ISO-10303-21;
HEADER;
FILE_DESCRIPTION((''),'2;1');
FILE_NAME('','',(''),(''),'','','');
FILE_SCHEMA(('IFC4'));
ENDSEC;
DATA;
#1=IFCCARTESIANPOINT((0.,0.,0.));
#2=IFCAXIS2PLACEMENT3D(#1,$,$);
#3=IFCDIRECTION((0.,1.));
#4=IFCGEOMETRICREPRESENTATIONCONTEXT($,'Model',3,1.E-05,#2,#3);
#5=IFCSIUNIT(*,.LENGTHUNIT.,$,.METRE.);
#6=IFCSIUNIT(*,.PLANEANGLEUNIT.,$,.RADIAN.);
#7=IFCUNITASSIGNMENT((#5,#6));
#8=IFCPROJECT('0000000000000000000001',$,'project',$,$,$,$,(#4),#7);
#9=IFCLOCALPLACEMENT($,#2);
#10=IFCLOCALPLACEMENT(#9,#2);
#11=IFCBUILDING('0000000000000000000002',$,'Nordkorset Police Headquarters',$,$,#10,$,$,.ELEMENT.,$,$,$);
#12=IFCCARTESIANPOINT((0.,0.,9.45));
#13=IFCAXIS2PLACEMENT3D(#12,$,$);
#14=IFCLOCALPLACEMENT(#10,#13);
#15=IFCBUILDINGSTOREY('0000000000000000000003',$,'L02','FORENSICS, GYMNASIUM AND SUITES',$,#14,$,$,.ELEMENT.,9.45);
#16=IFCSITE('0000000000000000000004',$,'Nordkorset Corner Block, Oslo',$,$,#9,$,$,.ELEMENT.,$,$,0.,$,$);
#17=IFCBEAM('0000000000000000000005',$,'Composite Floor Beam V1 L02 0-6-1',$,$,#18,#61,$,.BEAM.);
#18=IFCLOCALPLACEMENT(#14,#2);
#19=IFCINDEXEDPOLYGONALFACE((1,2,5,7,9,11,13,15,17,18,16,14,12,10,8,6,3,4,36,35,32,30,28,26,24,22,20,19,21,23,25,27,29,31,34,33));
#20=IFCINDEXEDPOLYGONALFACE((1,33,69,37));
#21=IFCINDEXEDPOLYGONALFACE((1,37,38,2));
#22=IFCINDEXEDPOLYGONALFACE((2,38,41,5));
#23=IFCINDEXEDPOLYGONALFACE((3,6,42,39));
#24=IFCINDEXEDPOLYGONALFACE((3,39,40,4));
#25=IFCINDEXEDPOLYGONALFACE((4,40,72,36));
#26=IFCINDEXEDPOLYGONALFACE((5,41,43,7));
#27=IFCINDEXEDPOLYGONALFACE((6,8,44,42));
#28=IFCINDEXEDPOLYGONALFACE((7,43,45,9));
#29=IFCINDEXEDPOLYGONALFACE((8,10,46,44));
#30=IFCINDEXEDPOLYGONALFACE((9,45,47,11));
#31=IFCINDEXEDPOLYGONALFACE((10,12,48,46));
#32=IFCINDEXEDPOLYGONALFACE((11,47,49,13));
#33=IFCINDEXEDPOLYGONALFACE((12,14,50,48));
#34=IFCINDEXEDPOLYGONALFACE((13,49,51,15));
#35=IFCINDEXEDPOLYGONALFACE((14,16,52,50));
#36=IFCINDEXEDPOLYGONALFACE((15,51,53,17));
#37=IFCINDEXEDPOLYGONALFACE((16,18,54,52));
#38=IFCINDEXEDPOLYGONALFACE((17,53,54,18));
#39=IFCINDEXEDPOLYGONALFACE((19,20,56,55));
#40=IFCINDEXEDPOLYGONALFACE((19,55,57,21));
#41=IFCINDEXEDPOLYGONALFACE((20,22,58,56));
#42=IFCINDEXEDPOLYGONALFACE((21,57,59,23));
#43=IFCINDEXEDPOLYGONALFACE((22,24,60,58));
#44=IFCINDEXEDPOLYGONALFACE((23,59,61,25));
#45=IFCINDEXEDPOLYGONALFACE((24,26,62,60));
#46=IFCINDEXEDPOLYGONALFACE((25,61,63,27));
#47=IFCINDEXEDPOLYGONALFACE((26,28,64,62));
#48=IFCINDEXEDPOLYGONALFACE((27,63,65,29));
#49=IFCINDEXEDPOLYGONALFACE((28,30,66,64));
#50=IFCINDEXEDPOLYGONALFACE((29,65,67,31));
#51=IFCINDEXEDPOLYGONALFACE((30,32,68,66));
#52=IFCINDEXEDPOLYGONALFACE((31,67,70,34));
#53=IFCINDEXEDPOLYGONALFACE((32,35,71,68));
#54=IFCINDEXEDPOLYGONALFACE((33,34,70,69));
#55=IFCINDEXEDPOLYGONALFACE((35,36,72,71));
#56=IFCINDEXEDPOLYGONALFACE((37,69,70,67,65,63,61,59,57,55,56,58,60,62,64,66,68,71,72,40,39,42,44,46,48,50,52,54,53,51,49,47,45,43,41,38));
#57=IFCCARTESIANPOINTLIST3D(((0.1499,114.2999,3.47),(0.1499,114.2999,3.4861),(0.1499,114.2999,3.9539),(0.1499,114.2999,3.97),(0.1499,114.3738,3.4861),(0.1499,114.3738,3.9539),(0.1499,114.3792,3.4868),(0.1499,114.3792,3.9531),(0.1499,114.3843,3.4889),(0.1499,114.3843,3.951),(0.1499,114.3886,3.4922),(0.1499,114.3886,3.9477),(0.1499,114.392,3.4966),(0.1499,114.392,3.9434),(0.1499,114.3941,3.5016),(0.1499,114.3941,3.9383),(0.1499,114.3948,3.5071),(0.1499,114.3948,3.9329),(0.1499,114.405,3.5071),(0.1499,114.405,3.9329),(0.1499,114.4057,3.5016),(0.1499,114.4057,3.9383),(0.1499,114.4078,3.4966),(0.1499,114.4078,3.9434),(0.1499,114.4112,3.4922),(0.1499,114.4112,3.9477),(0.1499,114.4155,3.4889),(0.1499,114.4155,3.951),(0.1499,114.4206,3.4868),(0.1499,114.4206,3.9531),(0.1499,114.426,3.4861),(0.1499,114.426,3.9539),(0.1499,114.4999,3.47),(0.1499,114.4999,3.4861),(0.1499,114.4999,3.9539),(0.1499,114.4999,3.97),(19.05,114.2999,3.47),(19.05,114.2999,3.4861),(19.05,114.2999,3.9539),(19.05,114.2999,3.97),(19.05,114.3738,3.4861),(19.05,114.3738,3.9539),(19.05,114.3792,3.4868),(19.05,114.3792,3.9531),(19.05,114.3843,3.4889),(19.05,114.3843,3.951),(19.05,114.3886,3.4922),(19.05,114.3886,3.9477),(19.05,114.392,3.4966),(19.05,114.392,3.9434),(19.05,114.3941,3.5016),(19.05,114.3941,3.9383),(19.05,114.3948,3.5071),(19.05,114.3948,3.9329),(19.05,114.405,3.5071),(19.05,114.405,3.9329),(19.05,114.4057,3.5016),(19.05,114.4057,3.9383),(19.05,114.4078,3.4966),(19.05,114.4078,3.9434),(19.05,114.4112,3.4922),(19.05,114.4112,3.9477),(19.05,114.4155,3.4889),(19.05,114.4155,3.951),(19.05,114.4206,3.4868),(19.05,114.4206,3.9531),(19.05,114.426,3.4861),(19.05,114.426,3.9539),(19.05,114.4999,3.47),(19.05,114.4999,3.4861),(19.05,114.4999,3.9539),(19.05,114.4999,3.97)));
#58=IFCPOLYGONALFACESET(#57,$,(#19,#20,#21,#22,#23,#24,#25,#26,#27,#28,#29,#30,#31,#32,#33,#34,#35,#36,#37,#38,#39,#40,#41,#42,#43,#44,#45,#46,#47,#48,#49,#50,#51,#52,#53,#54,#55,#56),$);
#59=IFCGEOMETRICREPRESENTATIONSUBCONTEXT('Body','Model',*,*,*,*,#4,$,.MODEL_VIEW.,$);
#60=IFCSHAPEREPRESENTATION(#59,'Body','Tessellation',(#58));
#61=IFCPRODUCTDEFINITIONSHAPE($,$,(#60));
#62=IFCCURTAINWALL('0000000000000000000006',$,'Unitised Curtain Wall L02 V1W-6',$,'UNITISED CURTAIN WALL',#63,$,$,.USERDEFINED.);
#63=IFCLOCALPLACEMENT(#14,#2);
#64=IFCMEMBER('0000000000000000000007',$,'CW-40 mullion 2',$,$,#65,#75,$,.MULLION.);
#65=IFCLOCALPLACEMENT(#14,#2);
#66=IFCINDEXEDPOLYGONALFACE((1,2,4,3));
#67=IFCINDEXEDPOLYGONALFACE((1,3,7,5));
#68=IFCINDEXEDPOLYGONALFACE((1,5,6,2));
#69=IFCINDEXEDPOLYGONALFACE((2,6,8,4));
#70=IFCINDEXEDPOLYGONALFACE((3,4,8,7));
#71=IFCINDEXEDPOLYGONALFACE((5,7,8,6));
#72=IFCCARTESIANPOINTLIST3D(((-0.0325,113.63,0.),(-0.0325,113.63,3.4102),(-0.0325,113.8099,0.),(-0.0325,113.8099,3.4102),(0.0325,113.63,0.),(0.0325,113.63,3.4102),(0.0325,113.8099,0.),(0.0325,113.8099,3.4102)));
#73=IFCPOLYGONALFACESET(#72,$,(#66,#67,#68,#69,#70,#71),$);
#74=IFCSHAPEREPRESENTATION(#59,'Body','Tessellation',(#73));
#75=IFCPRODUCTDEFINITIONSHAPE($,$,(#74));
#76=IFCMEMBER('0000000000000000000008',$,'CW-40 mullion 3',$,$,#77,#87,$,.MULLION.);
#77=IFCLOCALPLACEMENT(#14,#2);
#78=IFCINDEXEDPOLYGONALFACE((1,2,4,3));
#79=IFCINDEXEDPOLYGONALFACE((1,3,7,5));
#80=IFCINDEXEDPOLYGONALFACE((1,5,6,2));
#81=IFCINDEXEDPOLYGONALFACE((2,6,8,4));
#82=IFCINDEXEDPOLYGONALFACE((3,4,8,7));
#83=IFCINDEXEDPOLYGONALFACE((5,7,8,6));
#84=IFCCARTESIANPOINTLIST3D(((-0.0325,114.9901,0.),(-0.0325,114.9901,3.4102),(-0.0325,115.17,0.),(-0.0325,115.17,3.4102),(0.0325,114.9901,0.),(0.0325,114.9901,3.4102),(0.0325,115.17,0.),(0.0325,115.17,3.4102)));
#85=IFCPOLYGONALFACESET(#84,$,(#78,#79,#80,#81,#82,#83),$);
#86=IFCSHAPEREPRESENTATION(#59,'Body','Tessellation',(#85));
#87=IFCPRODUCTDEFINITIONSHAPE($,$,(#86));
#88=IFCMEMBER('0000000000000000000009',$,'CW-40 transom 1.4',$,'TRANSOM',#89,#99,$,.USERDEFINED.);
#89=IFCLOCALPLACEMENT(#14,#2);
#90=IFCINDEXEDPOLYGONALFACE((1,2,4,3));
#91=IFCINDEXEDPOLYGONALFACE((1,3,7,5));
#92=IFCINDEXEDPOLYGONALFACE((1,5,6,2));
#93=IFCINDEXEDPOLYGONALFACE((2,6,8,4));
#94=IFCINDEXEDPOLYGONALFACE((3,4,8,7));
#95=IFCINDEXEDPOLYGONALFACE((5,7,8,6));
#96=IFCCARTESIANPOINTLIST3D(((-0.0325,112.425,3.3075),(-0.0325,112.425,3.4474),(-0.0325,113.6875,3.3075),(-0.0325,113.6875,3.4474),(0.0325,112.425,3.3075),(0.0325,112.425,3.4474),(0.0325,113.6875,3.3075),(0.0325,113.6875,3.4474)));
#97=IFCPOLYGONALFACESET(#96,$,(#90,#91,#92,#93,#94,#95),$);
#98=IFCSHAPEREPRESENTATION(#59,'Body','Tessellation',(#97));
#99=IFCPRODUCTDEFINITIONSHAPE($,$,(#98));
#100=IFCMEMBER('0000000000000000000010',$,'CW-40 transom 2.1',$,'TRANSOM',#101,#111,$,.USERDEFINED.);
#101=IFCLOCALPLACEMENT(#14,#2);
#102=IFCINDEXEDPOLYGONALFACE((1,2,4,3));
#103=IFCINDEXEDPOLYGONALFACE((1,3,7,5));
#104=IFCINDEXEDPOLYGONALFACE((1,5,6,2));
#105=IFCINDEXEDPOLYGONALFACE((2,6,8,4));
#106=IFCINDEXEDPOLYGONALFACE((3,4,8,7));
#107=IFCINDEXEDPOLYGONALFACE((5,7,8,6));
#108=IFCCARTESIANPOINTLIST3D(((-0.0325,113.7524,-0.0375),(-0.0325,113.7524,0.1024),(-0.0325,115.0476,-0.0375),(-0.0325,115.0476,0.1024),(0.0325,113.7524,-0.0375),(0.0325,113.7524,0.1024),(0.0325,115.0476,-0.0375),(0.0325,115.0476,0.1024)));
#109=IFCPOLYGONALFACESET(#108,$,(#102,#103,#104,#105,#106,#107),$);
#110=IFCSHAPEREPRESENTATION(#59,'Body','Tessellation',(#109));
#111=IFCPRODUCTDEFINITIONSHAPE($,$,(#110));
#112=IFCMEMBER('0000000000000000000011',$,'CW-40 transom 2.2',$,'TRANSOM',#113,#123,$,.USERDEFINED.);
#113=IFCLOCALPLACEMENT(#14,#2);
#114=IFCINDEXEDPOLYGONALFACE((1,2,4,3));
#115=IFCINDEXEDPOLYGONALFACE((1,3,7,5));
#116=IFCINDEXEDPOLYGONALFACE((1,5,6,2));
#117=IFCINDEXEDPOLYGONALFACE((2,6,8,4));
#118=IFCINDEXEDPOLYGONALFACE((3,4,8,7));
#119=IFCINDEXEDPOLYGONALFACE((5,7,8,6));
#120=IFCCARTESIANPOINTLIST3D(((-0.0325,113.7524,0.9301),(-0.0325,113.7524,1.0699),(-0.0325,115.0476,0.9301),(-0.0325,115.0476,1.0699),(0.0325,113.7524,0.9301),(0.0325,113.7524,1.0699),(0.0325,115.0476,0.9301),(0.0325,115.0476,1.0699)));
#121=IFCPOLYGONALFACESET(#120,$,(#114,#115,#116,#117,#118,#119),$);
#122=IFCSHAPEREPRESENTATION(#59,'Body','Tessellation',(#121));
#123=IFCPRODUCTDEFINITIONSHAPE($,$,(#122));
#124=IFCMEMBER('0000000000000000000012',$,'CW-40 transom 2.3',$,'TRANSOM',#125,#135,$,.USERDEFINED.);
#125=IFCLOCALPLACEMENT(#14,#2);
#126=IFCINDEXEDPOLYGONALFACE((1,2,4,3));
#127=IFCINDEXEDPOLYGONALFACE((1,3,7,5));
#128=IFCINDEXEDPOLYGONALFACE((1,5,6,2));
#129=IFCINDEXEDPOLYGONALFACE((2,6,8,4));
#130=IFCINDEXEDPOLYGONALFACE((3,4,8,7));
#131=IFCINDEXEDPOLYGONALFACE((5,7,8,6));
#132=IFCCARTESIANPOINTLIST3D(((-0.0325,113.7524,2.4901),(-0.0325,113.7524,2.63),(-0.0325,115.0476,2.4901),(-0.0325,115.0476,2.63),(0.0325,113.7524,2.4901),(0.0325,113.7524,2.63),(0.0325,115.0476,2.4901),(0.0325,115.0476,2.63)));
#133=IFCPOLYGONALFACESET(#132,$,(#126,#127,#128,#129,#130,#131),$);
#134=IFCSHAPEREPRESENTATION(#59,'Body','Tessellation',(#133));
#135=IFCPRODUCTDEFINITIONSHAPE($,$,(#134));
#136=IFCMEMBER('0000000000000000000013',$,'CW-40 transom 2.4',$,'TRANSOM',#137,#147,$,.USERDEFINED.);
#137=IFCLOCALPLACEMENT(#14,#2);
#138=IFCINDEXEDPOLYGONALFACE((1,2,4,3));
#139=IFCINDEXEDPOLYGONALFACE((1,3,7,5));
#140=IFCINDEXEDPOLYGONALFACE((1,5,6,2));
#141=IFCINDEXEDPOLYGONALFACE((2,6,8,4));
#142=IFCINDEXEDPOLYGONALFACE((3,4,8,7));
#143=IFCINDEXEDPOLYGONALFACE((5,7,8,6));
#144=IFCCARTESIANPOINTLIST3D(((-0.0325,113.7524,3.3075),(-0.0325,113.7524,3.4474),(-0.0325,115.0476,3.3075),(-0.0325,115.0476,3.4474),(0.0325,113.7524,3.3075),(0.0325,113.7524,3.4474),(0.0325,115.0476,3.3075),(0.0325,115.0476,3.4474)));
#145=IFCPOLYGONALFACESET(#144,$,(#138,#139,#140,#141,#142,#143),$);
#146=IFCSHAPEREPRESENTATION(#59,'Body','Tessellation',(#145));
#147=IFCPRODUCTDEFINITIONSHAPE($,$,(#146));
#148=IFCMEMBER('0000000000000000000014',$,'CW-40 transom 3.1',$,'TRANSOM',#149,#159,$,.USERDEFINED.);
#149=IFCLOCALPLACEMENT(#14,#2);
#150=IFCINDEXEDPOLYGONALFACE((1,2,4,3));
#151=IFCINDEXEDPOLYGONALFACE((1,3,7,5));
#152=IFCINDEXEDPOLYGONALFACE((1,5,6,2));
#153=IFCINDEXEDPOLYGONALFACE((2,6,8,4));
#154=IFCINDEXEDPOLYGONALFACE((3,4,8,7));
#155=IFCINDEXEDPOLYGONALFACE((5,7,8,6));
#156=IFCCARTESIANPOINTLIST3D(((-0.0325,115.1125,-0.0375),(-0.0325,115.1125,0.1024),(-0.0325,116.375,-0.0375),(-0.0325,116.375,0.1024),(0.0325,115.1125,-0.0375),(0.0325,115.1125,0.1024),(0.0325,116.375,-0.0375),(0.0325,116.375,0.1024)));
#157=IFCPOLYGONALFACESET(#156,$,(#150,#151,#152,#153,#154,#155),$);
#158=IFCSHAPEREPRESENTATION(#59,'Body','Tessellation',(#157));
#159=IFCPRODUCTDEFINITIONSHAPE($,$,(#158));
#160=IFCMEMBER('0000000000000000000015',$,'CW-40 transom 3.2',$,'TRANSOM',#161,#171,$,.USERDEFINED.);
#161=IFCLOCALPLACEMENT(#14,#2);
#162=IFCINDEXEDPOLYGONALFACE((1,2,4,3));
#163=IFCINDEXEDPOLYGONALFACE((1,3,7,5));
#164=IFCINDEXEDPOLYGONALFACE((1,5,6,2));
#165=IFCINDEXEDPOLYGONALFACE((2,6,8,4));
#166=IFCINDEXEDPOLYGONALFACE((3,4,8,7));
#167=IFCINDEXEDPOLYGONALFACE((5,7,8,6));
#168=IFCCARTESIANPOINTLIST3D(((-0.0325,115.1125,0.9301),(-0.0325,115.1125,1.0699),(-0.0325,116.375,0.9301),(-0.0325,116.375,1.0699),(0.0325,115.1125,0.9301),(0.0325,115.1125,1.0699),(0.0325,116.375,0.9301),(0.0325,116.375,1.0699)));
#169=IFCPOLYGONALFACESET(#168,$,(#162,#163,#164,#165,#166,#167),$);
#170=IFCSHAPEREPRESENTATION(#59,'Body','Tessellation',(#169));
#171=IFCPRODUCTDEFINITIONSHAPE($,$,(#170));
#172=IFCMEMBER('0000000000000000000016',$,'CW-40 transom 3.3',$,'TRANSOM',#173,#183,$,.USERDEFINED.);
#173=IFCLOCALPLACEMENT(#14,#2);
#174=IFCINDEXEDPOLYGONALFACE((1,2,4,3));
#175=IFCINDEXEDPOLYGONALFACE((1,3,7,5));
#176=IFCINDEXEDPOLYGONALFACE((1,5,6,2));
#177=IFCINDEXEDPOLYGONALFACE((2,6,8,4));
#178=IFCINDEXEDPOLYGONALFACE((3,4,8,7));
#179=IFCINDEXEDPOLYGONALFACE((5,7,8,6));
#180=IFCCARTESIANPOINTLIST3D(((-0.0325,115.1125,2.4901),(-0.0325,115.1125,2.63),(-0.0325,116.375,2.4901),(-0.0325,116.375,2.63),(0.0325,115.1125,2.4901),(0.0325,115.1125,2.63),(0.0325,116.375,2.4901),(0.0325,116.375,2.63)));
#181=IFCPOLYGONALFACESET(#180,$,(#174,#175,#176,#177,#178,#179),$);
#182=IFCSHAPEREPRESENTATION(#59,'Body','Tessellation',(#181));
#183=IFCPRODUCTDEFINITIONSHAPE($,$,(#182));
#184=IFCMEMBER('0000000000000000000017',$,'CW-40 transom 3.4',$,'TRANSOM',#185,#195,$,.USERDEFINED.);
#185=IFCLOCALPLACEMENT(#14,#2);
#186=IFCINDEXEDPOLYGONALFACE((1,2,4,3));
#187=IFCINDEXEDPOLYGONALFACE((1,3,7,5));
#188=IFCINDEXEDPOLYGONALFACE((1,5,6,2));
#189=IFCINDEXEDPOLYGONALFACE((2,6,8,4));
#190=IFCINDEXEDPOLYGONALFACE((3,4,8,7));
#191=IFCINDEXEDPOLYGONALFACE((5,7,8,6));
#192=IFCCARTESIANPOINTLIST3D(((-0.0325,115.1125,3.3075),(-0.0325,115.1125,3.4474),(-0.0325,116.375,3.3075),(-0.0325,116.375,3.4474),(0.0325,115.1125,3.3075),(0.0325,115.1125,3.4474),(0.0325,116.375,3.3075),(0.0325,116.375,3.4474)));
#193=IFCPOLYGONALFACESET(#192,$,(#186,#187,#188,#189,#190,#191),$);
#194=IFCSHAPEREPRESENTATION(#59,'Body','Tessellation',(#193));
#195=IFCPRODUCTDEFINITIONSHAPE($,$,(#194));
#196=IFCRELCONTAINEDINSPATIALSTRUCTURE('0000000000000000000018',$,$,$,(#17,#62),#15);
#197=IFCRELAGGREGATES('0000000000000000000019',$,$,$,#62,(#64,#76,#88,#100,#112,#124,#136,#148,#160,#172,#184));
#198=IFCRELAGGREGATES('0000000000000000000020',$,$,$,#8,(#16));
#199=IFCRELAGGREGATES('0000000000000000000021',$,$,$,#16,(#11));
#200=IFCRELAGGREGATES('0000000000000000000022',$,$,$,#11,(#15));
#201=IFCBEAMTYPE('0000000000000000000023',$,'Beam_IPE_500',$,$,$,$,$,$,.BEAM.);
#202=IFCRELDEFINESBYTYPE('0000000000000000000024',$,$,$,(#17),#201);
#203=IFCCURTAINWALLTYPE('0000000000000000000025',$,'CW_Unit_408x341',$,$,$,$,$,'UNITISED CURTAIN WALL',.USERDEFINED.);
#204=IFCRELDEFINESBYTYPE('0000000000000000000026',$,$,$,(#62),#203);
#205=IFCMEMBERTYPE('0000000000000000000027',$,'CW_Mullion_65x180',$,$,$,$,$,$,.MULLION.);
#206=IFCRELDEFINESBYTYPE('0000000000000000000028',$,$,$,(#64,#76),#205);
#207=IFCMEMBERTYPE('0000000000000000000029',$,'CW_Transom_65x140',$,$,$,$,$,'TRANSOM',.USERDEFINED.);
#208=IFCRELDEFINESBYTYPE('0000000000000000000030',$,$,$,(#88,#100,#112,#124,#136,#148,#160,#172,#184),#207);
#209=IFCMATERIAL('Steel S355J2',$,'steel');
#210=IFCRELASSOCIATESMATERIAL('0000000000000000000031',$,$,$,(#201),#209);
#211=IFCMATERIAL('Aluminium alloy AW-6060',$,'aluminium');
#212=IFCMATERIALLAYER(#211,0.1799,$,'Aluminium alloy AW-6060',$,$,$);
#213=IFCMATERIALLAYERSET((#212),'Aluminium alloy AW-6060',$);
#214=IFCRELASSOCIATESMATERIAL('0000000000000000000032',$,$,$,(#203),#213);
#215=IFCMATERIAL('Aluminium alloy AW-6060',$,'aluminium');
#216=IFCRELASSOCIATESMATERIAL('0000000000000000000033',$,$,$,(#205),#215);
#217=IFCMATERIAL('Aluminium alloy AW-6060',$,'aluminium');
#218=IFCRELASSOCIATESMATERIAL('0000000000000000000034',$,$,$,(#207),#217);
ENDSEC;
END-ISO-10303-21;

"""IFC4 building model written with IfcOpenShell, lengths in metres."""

from ifc_helpers import new_model, si_unit, direction, frame, origin, origin_2d, place, context, subcontext, project, spatial, rectangle, i_section, extrude, material, layer, layer_set, material_profile, profile_set, type_object, element, aggregate, save


model = new_model("IFC4")

# Units and contexts
model_context = context("Model", 3, precision=1e-05, world=origin(), true_north=direction((0.0, 1.0)))
body_context = subcontext(model_context, "Body", "Model", "MODEL_VIEW")
ifc_project = project(units=[si_unit("LENGTHUNIT", "METRE"), si_unit("PLANEANGLEUNIT", "RADIAN")], contexts=[model_context])

# Site, building, storey
site_placement = place(None, origin())
site = spatial("IfcSite", under=ifc_project, at=site_placement, Name="Nordkorset Corner Block, Oslo", CompositionType="ELEMENT", RefElevation=0.0)
building_placement = place(site_placement, origin())
building = spatial("IfcBuilding", under=site, at=building_placement, Name="Nordkorset Police Headquarters", CompositionType="ELEMENT")
storey_placement = place(building_placement, frame((0.0, 0.0, 9.45)))
storey = spatial("IfcBuildingStorey", under=building, at=storey_placement, Name="L02", Description="FORENSICS, GYMNASIUM AND SUITES", CompositionType="ELEMENT", Elevation=9.45)

# Beam
ifc_material_1 = material(Name="Steel S355J2", Category="steel")
ifc_material_profile_1 = material_profile(ifc_material_1, i_section(OverallWidth=0.2, OverallDepth=0.5, WebThickness=0.0103, FlangeThickness=0.0161, FilletRadius=0.021, at=origin_2d()), Name="IPE 500")
ifc_profile_set_1 = profile_set([ifc_material_profile_1], Name="Steel S355J2")
beam_type = type_object("IfcBeamType", Name="Beam_IPE_500", PredefinedType="BEAM", material=ifc_profile_set_1)
beam_placement = place(storey_placement, frame((0.1499, 114.3999, 3.72), z_axis=(1.0, 0.0, 0.0), x_axis=(0.0, 1.0, 0.0)))
element("IfcBeam", 1, at=beam_placement, inside=storey, type_object=beam_type, Name="Composite Floor Beam V1 L02 0-6-1", PredefinedType="BEAM", context=body_context, shape_type="SweptSolid", body=[
    extrude(i_section(OverallWidth=0.2, OverallDepth=0.5, WebThickness=0.0103, FlangeThickness=0.0161, FilletRadius=0.021, at=origin_2d()), origin(), (0.0, 0.0, 1.0), 18.9001),
])

# Curtain wall, members
ifc_material_2 = material(Name="Aluminium alloy AW-6060", Category="aluminium")
ifc_layer_1 = layer(ifc_material_2, 0.1799, Name="Aluminium alloy AW-6060")
ifc_layer_set_1 = layer_set([ifc_layer_1], Name="Aluminium alloy AW-6060")
curtain_wall_type = type_object("IfcCurtainWallType", Name="CW_Unit_408x341", ElementType="UNITISED CURTAIN WALL", PredefinedType="USERDEFINED", material=ifc_layer_set_1)
curtain_wall_placement = place(storey_placement, origin())
curtain_wall = element("IfcCurtainWall", 2, at=curtain_wall_placement, inside=storey, type_object=curtain_wall_type, Name="Unitised Curtain Wall L02 V1W-6", ObjectType="UNITISED CURTAIN WALL", PredefinedType="USERDEFINED")
ifc_material_3 = material(Name="Aluminium alloy AW-6060", Category="aluminium")
ifc_material_profile_2 = material_profile(ifc_material_3, rectangle(XDim=0.0649, YDim=0.1799, at=origin_2d()), Name="ALU MULL 65x180")
ifc_profile_set_2 = profile_set([ifc_material_profile_2], Name="Aluminium alloy AW-6060")
member_type_1 = type_object("IfcMemberType", Name="CW_Mullion_65x180", PredefinedType="MULLION", material=ifc_profile_set_2)
member_1_placement = place(storey_placement, frame((0.0, 113.72, 0.0), z_axis=(0.0, 0.0, 1.0), x_axis=(-1.0, 0.0, 0.0)))
member_1 = element("IfcMember", 3, at=member_1_placement, type_object=member_type_1, Name="CW-40 mullion 2", PredefinedType="MULLION", context=body_context, shape_type="SweptSolid", body=[
    extrude(rectangle(XDim=0.0649, YDim=0.1799, at=origin_2d()), origin(), (0.0, 0.0, 1.0), 3.4102),
])
member_2_placement = place(storey_placement, frame((0.0, 115.0801, 0.0), z_axis=(0.0, 0.0, 1.0), x_axis=(-1.0, 0.0, 0.0)))
member_2 = element("IfcMember", 4, at=member_2_placement, type_object=member_type_1, Name="CW-40 mullion 3", PredefinedType="MULLION", context=body_context, shape_type="SweptSolid", body=[
    extrude(rectangle(XDim=0.0649, YDim=0.1799, at=origin_2d()), origin(), (0.0, 0.0, 1.0), 3.4102),
])
ifc_material_4 = material(Name="Aluminium alloy AW-6060", Category="aluminium")
ifc_material_profile_3 = material_profile(ifc_material_4, rectangle(XDim=0.0649, YDim=0.1399, at=origin_2d()), Name="ALU TRAN 65x140")
ifc_profile_set_3 = profile_set([ifc_material_profile_3], Name="Aluminium alloy AW-6060")
member_type_2 = type_object("IfcMemberType", Name="CW_Transom_65x140", ElementType="TRANSOM", PredefinedType="USERDEFINED", material=ifc_profile_set_3)
member_3_placement = place(storey_placement, frame((0.0, 112.425, 3.3774), z_axis=(0.0, 1.0, 0.0), x_axis=(-1.0, 0.0, 0.0)))
member_3 = element("IfcMember", 5, at=member_3_placement, type_object=member_type_2, Name="CW-40 transom 1.4", ObjectType="TRANSOM", PredefinedType="USERDEFINED", context=body_context, shape_type="SweptSolid", body=[
    extrude(rectangle(XDim=0.0649, YDim=0.1399, at=origin_2d()), origin(), (0.0, 0.0, 1.0), 1.2625),
])
member_4_placement = place(storey_placement, frame((0.0, 113.7524, 0.0325), z_axis=(0.0, 1.0, 0.0), x_axis=(-1.0, 0.0, 0.0)))
member_4 = element("IfcMember", 6, at=member_4_placement, type_object=member_type_2, Name="CW-40 transom 2.1", ObjectType="TRANSOM", PredefinedType="USERDEFINED", context=body_context, shape_type="SweptSolid", body=[
    extrude(rectangle(XDim=0.0649, YDim=0.1399, at=origin_2d()), origin(), (0.0, 0.0, 1.0), 1.2952),
])
member_5_placement = place(storey_placement, frame((0.0, 113.7524, 1.0), z_axis=(0.0, 1.0, 0.0), x_axis=(-1.0, 0.0, 0.0)))
member_5 = element("IfcMember", 7, at=member_5_placement, type_object=member_type_2, Name="CW-40 transom 2.2", ObjectType="TRANSOM", PredefinedType="USERDEFINED", context=body_context, shape_type="SweptSolid", body=[
    extrude(rectangle(XDim=0.0649, YDim=0.1399, at=origin_2d()), origin(), (0.0, 0.0, 1.0), 1.2952),
])
member_6_placement = place(storey_placement, frame((0.0, 113.7524, 2.5601), z_axis=(0.0, 1.0, 0.0), x_axis=(-1.0, 0.0, 0.0)))
member_6 = element("IfcMember", 8, at=member_6_placement, type_object=member_type_2, Name="CW-40 transom 2.3", ObjectType="TRANSOM", PredefinedType="USERDEFINED", context=body_context, shape_type="SweptSolid", body=[
    extrude(rectangle(XDim=0.0649, YDim=0.1399, at=origin_2d()), origin(), (0.0, 0.0, 1.0), 1.2952),
])
member_7_placement = place(storey_placement, frame((0.0, 113.7524, 3.3774), z_axis=(0.0, 1.0, 0.0), x_axis=(-1.0, 0.0, 0.0)))
member_7 = element("IfcMember", 9, at=member_7_placement, type_object=member_type_2, Name="CW-40 transom 2.4", ObjectType="TRANSOM", PredefinedType="USERDEFINED", context=body_context, shape_type="SweptSolid", body=[
    extrude(rectangle(XDim=0.0649, YDim=0.1399, at=origin_2d()), origin(), (0.0, 0.0, 1.0), 1.2952),
])
member_8_placement = place(storey_placement, frame((0.0, 115.1125, 0.0325), z_axis=(0.0, 1.0, 0.0), x_axis=(-1.0, 0.0, 0.0)))
member_8 = element("IfcMember", 10, at=member_8_placement, type_object=member_type_2, Name="CW-40 transom 3.1", ObjectType="TRANSOM", PredefinedType="USERDEFINED", context=body_context, shape_type="SweptSolid", body=[
    extrude(rectangle(XDim=0.0649, YDim=0.1399, at=origin_2d()), origin(), (0.0, 0.0, 1.0), 1.2625),
])
member_9_placement = place(storey_placement, frame((0.0, 115.1125, 1.0), z_axis=(0.0, 1.0, 0.0), x_axis=(-1.0, 0.0, 0.0)))
member_9 = element("IfcMember", 11, at=member_9_placement, type_object=member_type_2, Name="CW-40 transom 3.2", ObjectType="TRANSOM", PredefinedType="USERDEFINED", context=body_context, shape_type="SweptSolid", body=[
    extrude(rectangle(XDim=0.0649, YDim=0.1399, at=origin_2d()), origin(), (0.0, 0.0, 1.0), 1.2625),
])
member_10_placement = place(storey_placement, frame((0.0, 115.1125, 2.5601), z_axis=(0.0, 1.0, 0.0), x_axis=(-1.0, 0.0, 0.0)))
member_10 = element("IfcMember", 12, at=member_10_placement, type_object=member_type_2, Name="CW-40 transom 3.3", ObjectType="TRANSOM", PredefinedType="USERDEFINED", context=body_context, shape_type="SweptSolid", body=[
    extrude(rectangle(XDim=0.0649, YDim=0.1399, at=origin_2d()), origin(), (0.0, 0.0, 1.0), 1.2625),
])
member_11_placement = place(storey_placement, frame((0.0, 115.1125, 3.3774), z_axis=(0.0, 1.0, 0.0), x_axis=(-1.0, 0.0, 0.0)))
member_11 = element("IfcMember", 13, at=member_11_placement, type_object=member_type_2, Name="CW-40 transom 3.4", ObjectType="TRANSOM", PredefinedType="USERDEFINED", context=body_context, shape_type="SweptSolid", body=[
    extrude(rectangle(XDim=0.0649, YDim=0.1399, at=origin_2d()), origin(), (0.0, 0.0, 1.0), 1.2625),
])
aggregate(curtain_wall, [member_1, member_2, member_3, member_4, member_5, member_6, member_7, member_8, member_9, member_10, member_11])

save(model, "model.ifc")
